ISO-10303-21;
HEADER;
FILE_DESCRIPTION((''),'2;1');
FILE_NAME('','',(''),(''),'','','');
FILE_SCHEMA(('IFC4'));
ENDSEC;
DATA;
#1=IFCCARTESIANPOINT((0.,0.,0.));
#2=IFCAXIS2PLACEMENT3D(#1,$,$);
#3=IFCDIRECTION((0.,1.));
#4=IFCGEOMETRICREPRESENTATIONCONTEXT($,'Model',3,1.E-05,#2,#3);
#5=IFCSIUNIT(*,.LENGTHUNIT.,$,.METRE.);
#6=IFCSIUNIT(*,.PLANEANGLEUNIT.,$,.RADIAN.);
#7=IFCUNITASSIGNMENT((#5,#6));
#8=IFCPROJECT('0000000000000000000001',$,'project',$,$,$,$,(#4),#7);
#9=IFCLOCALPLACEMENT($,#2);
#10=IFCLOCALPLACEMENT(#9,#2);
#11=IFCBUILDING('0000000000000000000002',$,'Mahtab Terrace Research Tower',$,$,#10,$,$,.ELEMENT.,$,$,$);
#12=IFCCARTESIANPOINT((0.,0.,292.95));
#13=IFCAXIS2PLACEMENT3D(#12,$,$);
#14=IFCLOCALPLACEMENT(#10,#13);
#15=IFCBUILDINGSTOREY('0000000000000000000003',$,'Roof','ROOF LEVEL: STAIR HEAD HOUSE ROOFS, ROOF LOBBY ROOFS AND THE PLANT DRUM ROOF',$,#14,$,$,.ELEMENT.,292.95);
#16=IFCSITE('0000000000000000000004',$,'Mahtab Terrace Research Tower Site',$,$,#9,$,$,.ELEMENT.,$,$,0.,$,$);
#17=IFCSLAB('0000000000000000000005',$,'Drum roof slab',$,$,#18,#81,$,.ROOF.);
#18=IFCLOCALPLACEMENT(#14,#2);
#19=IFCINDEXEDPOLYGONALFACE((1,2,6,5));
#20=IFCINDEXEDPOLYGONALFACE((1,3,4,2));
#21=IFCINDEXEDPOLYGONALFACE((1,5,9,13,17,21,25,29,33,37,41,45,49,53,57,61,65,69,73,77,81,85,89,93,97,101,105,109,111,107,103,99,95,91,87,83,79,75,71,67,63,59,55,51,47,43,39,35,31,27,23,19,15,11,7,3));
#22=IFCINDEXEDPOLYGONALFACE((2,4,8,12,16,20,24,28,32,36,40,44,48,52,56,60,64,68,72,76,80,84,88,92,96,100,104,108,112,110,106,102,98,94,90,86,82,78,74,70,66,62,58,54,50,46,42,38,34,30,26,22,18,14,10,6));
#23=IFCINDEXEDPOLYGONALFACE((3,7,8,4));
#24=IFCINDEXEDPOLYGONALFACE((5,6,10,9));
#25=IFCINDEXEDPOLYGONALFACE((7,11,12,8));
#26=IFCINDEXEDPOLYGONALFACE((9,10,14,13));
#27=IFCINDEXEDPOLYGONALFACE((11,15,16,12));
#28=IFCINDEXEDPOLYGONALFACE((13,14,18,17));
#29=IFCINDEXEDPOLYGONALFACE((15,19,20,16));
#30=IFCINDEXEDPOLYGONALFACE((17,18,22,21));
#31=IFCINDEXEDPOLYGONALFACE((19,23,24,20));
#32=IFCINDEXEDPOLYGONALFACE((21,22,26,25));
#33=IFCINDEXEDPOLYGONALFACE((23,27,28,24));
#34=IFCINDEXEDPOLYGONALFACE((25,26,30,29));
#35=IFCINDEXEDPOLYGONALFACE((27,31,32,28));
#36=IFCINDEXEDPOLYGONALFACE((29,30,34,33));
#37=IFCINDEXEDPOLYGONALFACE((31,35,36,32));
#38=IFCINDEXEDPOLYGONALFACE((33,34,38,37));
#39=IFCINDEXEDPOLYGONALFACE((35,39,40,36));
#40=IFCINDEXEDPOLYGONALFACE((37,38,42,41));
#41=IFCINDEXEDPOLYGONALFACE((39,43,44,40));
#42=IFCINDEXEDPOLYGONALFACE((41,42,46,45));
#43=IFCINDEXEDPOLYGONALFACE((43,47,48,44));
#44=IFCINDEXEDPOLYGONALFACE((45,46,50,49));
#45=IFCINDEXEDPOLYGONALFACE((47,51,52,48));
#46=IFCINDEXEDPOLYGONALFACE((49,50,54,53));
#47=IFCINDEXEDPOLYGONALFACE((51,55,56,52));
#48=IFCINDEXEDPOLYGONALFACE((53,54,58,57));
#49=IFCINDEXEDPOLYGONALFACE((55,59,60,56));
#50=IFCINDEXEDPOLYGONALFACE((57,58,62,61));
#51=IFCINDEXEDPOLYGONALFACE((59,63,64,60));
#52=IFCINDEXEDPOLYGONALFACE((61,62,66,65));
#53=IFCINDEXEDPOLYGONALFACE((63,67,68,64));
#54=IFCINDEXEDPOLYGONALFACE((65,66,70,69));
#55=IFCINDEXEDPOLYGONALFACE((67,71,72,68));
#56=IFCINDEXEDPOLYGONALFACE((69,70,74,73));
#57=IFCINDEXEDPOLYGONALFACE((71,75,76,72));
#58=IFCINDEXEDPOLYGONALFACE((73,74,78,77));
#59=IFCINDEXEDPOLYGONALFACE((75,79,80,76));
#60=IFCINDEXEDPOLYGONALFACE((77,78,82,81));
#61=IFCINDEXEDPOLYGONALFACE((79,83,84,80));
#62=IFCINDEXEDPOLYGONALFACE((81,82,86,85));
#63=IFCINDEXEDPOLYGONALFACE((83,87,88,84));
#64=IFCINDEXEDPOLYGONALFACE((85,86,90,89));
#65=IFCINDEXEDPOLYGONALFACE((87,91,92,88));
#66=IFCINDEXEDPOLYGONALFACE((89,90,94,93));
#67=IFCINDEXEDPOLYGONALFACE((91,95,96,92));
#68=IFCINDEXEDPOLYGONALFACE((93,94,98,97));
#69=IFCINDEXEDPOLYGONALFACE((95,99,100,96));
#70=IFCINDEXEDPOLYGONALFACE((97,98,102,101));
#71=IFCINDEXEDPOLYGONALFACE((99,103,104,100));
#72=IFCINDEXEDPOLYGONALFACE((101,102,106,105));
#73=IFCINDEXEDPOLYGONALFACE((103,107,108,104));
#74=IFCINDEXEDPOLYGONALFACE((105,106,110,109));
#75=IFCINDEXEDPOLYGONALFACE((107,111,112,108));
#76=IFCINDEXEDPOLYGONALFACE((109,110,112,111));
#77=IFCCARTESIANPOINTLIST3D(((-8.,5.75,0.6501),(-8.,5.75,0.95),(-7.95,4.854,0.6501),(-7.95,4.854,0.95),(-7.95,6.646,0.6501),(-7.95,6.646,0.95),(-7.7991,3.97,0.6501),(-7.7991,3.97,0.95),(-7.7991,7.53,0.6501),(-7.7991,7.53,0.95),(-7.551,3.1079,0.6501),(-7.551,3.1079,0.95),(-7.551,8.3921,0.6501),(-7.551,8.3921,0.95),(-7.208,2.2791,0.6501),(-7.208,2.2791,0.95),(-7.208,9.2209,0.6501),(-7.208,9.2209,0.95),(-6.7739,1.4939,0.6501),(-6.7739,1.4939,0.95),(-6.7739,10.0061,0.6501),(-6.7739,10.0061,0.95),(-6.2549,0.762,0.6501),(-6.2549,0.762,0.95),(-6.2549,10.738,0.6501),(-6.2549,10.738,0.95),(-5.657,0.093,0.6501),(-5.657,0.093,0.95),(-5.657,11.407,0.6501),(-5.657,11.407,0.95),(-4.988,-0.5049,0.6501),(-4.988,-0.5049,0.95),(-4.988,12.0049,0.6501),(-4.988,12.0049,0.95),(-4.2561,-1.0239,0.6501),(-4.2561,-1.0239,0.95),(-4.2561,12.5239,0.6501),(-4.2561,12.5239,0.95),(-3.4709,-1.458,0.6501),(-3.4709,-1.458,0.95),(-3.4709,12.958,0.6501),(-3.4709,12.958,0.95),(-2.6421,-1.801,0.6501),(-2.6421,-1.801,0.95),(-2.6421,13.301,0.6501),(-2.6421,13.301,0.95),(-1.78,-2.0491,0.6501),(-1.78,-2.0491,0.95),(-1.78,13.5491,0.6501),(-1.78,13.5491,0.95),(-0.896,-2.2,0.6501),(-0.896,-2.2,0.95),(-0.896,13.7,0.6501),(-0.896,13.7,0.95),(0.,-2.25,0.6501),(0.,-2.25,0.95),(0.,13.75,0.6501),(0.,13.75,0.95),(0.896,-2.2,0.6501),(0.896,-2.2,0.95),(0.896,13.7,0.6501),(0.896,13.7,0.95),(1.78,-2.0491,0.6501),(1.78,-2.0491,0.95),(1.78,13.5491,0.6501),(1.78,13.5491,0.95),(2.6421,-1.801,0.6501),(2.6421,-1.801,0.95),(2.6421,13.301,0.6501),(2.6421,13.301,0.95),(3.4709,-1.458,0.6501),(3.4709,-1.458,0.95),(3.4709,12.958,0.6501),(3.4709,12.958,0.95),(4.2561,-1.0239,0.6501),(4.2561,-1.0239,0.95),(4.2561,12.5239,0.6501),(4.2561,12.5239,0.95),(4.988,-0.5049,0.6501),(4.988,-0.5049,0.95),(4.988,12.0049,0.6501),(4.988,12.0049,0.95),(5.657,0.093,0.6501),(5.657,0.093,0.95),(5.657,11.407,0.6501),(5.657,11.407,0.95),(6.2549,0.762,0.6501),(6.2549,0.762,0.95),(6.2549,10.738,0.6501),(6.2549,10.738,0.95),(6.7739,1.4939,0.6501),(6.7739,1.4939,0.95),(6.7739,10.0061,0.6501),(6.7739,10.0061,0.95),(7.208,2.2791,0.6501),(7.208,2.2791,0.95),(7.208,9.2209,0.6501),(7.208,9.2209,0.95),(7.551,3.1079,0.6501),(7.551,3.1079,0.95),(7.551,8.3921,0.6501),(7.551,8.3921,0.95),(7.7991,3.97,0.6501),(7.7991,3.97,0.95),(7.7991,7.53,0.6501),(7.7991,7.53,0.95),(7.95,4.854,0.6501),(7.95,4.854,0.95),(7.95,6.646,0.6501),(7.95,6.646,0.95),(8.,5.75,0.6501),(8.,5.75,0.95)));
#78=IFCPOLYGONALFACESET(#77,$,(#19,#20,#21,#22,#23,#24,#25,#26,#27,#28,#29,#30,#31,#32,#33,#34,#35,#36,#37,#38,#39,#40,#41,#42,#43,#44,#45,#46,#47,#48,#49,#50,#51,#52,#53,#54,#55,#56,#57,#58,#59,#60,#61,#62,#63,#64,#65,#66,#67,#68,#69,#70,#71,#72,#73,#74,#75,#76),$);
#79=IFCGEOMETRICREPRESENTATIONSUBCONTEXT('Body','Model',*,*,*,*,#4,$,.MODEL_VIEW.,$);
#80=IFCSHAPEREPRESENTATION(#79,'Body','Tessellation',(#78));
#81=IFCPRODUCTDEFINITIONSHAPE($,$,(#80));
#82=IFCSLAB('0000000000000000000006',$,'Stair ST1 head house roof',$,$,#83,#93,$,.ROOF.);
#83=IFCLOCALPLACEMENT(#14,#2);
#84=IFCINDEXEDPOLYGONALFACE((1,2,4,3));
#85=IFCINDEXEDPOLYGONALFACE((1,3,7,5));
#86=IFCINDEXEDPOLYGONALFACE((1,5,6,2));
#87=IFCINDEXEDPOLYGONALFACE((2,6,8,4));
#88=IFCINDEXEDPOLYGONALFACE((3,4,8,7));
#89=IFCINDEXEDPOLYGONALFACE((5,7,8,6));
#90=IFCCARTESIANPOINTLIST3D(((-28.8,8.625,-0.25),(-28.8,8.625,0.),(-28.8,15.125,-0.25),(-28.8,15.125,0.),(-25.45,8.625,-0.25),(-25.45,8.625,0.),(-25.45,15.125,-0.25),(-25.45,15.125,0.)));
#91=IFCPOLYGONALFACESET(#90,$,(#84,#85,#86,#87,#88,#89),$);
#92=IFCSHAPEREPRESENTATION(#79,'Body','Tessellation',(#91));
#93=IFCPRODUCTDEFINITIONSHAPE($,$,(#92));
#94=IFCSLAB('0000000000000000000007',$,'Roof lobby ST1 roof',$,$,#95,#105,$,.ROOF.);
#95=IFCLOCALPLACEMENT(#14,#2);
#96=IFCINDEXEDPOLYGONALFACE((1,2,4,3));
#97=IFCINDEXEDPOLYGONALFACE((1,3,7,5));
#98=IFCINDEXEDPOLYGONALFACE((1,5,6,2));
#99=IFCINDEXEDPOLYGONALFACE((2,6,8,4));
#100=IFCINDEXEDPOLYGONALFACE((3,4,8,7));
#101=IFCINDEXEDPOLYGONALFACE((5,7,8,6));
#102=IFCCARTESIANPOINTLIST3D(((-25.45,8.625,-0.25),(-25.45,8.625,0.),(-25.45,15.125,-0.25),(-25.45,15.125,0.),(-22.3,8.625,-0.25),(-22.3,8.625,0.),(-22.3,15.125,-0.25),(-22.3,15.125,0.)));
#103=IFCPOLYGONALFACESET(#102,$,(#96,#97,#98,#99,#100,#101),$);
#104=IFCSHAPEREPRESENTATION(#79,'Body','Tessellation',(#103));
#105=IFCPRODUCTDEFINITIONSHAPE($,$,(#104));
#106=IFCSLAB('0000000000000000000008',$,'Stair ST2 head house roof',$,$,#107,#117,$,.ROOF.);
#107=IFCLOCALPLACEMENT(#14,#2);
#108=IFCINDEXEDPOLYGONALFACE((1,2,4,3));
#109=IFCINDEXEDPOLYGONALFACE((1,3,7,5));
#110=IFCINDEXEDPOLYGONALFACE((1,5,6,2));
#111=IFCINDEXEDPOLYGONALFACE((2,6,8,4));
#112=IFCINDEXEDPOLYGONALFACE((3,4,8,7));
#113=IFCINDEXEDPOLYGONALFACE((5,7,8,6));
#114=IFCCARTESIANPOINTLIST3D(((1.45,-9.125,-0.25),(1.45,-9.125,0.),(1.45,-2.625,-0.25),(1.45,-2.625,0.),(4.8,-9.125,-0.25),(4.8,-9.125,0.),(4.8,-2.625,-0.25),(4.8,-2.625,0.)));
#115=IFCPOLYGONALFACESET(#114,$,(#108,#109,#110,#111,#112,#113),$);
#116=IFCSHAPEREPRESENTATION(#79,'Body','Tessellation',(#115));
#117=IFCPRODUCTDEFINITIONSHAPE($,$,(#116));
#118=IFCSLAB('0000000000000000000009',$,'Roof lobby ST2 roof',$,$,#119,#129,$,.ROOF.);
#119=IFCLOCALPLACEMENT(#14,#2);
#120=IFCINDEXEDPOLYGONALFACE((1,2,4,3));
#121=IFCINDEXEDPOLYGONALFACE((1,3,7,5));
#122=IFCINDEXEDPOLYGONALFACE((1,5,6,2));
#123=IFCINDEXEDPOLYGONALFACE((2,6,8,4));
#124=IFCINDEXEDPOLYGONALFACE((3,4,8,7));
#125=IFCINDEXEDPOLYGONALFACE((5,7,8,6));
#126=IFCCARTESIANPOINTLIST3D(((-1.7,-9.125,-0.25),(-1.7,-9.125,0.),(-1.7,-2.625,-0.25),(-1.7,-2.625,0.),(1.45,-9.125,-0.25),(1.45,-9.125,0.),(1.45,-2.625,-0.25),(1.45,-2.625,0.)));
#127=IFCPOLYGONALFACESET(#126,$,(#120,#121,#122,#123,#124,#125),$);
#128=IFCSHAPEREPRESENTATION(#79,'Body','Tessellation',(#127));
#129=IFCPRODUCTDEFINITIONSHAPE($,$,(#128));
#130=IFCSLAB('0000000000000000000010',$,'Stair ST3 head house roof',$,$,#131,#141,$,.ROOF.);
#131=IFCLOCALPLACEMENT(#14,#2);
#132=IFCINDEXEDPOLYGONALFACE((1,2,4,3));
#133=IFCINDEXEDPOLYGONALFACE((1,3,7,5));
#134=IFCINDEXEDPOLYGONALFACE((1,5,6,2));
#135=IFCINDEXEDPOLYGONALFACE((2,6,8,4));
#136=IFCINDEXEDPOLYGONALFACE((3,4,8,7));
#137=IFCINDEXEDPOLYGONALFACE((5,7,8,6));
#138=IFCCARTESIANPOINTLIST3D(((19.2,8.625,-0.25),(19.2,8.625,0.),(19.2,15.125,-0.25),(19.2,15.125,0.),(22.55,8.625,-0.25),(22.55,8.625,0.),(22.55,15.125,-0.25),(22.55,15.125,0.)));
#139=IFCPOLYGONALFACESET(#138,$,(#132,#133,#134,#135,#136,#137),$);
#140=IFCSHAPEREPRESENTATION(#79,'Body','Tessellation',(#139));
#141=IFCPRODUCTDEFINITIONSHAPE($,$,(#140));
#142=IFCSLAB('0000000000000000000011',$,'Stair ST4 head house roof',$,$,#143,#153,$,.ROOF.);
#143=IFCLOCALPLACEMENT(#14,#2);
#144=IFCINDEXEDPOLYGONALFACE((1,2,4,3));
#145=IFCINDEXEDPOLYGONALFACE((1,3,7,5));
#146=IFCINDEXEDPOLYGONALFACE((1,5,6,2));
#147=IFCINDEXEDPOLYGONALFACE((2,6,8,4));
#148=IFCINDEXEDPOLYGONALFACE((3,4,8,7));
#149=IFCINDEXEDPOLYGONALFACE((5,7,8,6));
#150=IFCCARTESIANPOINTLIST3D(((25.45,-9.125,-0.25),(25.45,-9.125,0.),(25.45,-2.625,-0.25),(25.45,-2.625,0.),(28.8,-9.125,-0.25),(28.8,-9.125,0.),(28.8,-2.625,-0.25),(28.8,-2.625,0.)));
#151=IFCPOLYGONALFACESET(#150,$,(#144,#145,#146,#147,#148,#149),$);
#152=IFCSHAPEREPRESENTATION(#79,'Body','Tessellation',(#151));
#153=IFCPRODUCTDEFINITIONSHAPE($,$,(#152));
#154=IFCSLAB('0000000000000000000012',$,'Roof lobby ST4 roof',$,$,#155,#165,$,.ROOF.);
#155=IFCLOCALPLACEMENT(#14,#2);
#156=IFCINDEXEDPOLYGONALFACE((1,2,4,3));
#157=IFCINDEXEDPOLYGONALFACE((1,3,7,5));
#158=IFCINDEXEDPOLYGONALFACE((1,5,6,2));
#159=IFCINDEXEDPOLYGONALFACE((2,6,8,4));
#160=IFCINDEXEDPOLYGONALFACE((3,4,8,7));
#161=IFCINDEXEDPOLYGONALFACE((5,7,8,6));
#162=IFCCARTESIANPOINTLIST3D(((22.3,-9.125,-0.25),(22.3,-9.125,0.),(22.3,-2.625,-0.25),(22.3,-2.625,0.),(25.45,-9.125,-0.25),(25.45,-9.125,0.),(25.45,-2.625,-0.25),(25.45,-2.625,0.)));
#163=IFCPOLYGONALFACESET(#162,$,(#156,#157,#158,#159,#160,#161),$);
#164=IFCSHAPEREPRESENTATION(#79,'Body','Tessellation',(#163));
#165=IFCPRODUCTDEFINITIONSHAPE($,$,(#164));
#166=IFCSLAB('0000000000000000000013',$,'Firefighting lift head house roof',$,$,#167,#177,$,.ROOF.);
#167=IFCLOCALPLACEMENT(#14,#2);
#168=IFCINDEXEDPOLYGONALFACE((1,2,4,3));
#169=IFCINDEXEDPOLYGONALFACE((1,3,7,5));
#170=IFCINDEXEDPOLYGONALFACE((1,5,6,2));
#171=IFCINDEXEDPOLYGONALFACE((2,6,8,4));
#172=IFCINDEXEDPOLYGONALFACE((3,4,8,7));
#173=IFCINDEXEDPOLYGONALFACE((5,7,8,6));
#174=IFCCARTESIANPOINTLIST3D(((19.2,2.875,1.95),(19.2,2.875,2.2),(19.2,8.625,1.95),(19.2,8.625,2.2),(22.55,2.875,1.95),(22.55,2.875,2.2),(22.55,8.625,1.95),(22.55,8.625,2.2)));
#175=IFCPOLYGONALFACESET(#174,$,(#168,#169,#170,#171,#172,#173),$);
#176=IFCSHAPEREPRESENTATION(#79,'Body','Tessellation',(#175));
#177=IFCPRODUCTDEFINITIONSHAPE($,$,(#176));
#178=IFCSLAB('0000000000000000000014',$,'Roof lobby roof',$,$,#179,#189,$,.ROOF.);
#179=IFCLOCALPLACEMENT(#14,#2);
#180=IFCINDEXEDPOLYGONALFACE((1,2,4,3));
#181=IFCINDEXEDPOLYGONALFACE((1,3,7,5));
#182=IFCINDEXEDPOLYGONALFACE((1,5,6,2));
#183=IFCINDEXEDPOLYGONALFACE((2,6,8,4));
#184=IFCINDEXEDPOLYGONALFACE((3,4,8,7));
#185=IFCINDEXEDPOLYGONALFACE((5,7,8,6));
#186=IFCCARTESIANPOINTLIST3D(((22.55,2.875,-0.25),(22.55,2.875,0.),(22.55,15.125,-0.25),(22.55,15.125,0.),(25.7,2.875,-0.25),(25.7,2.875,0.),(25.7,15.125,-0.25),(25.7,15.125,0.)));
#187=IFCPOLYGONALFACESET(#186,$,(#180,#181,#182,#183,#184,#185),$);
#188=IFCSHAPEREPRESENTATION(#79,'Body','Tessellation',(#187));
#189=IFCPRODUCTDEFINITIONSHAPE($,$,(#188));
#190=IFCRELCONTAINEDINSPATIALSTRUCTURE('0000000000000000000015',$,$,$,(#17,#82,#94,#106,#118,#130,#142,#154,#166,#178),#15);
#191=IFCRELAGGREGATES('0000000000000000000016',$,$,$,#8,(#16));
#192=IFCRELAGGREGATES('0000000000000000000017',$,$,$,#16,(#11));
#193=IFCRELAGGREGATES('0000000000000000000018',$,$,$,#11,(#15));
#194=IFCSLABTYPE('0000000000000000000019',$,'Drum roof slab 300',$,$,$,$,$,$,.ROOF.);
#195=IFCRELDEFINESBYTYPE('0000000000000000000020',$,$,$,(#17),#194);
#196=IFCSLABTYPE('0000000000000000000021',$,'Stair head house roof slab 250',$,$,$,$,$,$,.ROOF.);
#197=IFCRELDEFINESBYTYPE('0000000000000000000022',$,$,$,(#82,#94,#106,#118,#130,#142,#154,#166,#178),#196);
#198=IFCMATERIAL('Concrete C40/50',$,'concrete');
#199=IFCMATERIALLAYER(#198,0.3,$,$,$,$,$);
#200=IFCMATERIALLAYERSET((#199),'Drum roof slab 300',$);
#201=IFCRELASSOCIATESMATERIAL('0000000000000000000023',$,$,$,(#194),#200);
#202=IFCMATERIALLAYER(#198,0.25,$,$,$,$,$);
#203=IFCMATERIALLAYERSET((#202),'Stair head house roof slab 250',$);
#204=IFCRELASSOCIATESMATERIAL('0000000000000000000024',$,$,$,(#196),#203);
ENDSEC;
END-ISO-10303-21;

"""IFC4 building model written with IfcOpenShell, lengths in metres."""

from ifc_helpers import new_model, si_unit, direction, frame, origin, place, context, subcontext, project, spatial, polyline, outline, extrude, material, layer, layer_set, type_object, element, save


model = new_model("IFC4")

# Units and contexts
model_context = context("Model", 3, precision=1e-05, world=origin(), true_north=direction((0.0, 1.0)))
body_context = subcontext(model_context, "Body", "Model", "MODEL_VIEW")
ifc_project = project(units=[si_unit("LENGTHUNIT", "METRE"), si_unit("PLANEANGLEUNIT", "RADIAN")], contexts=[model_context])

# Site, building, storey
site_placement = place(None, origin())
site = spatial("IfcSite", under=ifc_project, at=site_placement, Name="Mahtab Terrace Research Tower Site", CompositionType="ELEMENT", RefElevation=0.0)
building_placement = place(site_placement, origin())
building = spatial("IfcBuilding", under=site, at=building_placement, Name="Mahtab Terrace Research Tower", CompositionType="ELEMENT")
storey_placement = place(building_placement, frame((0.0, 0.0, 292.95)))
storey = spatial("IfcBuildingStorey", under=building, at=storey_placement, Name="Roof", Description="ROOF LEVEL: STAIR HEAD HOUSE ROOFS, ROOF LOBBY ROOFS AND THE PLANT DRUM ROOF", CompositionType="ELEMENT", Elevation=292.95)

# Slabs
ifc_material_1 = material(Name="Concrete C40/50", Category="concrete")
ifc_layer_1 = layer(ifc_material_1, 0.3)
ifc_layer_set_1 = layer_set([ifc_layer_1], Name="Drum roof slab 300")
slab_type_1 = type_object("IfcSlabType", Name="Drum roof slab 300", PredefinedType="ROOF", material=ifc_layer_set_1)
slab_1_placement = place(storey_placement, frame((0.0, 0.0, 0.6501)))
element("IfcSlab", 1, at=slab_1_placement, inside=storey, type_object=slab_type_1, Name="Drum roof slab", PredefinedType="ROOF", context=body_context, shape_type="SweptSolid", body=[
    extrude(outline(polyline([(7.95, 6.646), (7.7991, 7.53), (7.551, 8.3921), (7.208, 9.2209), (6.7739, 10.0061), (6.2549, 10.738), (5.657, 11.407), (4.988, 12.0049), (4.2561, 12.5239), (3.4709, 12.958), (2.6421, 13.301), (1.78, 13.5491), (0.896, 13.7), (0.0, 13.75), (-0.896, 13.7), (-1.78, 13.5491), (-2.6421, 13.301), (-3.4709, 12.958), (-4.2561, 12.5239), (-4.988, 12.0049), (-5.657, 11.407), (-6.2549, 10.738), (-6.7739, 10.0061), (-7.208, 9.2209), (-7.551, 8.3921), (-7.7991, 7.53), (-7.95, 6.646), (-8.0, 5.75), (-7.95, 4.854), (-7.7991, 3.97), (-7.551, 3.1079), (-7.208, 2.2791), (-6.7739, 1.4939), (-6.2549, 0.762), (-5.657, 0.093), (-4.988, -0.5049), (-4.2561, -1.0239), (-3.4709, -1.458), (-2.6421, -1.801), (-1.78, -2.0491), (-0.896, -2.2), (0.0, -2.25), (0.896, -2.2), (1.78, -2.0491), (2.6421, -1.801), (3.4709, -1.458), (4.2561, -1.0239), (4.988, -0.5049), (5.657, 0.093), (6.2549, 0.762), (6.7739, 1.4939), (7.208, 2.2791), (7.551, 3.1079), (7.7991, 3.97), (7.95, 4.854), (8.0, 5.75), (7.95, 6.646)])), origin(), (0.0, 0.0, 1.0), 0.2998),
])
ifc_layer_2 = layer(ifc_material_1, 0.25)
ifc_layer_set_2 = layer_set([ifc_layer_2], Name="Stair head house roof slab 250")
slab_type_2 = type_object("IfcSlabType", Name="Stair head house roof slab 250", PredefinedType="ROOF", material=ifc_layer_set_2)
slab_2_placement = place(storey_placement, frame((0.0, 0.0, -0.25)))
element("IfcSlab", 2, at=slab_2_placement, inside=storey, type_object=slab_type_2, Name="Stair ST1 head house roof", PredefinedType="ROOF", context=body_context, shape_type="SweptSolid", body=[
    extrude(outline(polyline([(-28.8, 8.625), (-25.45, 8.625), (-25.45, 15.125), (-28.8, 15.125), (-28.8, 8.625)])), origin(), (0.0, 0.0, 1.0), 0.25),
])
slab_3_placement = place(storey_placement, frame((0.0, 0.0, -0.25)))
element("IfcSlab", 3, at=slab_3_placement, inside=storey, type_object=slab_type_2, Name="Roof lobby ST1 roof", PredefinedType="ROOF", context=body_context, shape_type="SweptSolid", body=[
    extrude(outline(polyline([(-22.3, 15.125), (-22.3, 8.625), (-25.45, 8.625), (-25.45, 15.125), (-22.3, 15.125)])), origin(), (0.0, 0.0, 1.0), 0.25),
])
slab_4_placement = place(storey_placement, frame((0.0, 0.0, -0.25)))
element("IfcSlab", 4, at=slab_4_placement, inside=storey, type_object=slab_type_2, Name="Stair ST2 head house roof", PredefinedType="ROOF", context=body_context, shape_type="SweptSolid", body=[
    extrude(outline(polyline([(1.45, -9.125), (4.8, -9.125), (4.8, -2.625), (1.45, -2.625), (1.45, -9.125)])), origin(), (0.0, 0.0, 1.0), 0.25),
])
slab_5_placement = place(storey_placement, frame((0.0, 0.0, -0.25)))
element("IfcSlab", 5, at=slab_5_placement, inside=storey, type_object=slab_type_2, Name="Roof lobby ST2 roof", PredefinedType="ROOF", context=body_context, shape_type="SweptSolid", body=[
    extrude(outline(polyline([(-1.7, -9.125), (-1.7, -2.625), (1.45, -2.625), (1.45, -9.125), (-1.7, -9.125)])), origin(), (0.0, 0.0, 1.0), 0.25),
])
slab_6_placement = place(storey_placement, frame((0.0, 0.0, -0.25)))
element("IfcSlab", 6, at=slab_6_placement, inside=storey, type_object=slab_type_2, Name="Stair ST3 head house roof", PredefinedType="ROOF", context=body_context, shape_type="SweptSolid", body=[
    extrude(outline(polyline([(19.2, 8.625), (22.55, 8.625), (22.55, 15.125), (19.2, 15.125), (19.2, 8.625)])), origin(), (0.0, 0.0, 1.0), 0.25),
])
slab_7_placement = place(storey_placement, frame((0.0, 0.0, -0.25)))
element("IfcSlab", 7, at=slab_7_placement, inside=storey, type_object=slab_type_2, Name="Stair ST4 head house roof", PredefinedType="ROOF", context=body_context, shape_type="SweptSolid", body=[
    extrude(outline(polyline([(25.45, -9.125), (28.8, -9.125), (28.8, -2.625), (25.45, -2.625), (25.45, -9.125)])), origin(), (0.0, 0.0, 1.0), 0.25),
])
slab_8_placement = place(storey_placement, frame((0.0, 0.0, -0.25)))
element("IfcSlab", 8, at=slab_8_placement, inside=storey, type_object=slab_type_2, Name="Roof lobby ST4 roof", PredefinedType="ROOF", context=body_context, shape_type="SweptSolid", body=[
    extrude(outline(polyline([(22.3, -9.125), (22.3, -2.625), (25.45, -2.625), (25.45, -9.125), (22.3, -9.125)])), origin(), (0.0, 0.0, 1.0), 0.25),
])
slab_9_placement = place(storey_placement, frame((0.0, 0.0, 1.95)))
element("IfcSlab", 9, at=slab_9_placement, inside=storey, type_object=slab_type_2, Name="Firefighting lift head house roof", PredefinedType="ROOF", context=body_context, shape_type="SweptSolid", body=[
    extrude(outline(polyline([(19.2, 2.875), (22.55, 2.875), (22.55, 8.625), (19.2, 8.625), (19.2, 2.875)])), origin(), (0.0, 0.0, 1.0), 0.25),
])
slab_10_placement = place(storey_placement, frame((0.0, 0.0, -0.25)))
element("IfcSlab", 10, at=slab_10_placement, inside=storey, type_object=slab_type_2, Name="Roof lobby roof", PredefinedType="ROOF", context=body_context, shape_type="SweptSolid", body=[
    extrude(outline(polyline([(22.55, 2.875), (25.7, 2.875), (25.7, 15.125), (22.55, 15.125), (22.55, 2.875)])), origin(), (0.0, 0.0, 1.0), 0.25),
])

save(model, "model.ifc")
